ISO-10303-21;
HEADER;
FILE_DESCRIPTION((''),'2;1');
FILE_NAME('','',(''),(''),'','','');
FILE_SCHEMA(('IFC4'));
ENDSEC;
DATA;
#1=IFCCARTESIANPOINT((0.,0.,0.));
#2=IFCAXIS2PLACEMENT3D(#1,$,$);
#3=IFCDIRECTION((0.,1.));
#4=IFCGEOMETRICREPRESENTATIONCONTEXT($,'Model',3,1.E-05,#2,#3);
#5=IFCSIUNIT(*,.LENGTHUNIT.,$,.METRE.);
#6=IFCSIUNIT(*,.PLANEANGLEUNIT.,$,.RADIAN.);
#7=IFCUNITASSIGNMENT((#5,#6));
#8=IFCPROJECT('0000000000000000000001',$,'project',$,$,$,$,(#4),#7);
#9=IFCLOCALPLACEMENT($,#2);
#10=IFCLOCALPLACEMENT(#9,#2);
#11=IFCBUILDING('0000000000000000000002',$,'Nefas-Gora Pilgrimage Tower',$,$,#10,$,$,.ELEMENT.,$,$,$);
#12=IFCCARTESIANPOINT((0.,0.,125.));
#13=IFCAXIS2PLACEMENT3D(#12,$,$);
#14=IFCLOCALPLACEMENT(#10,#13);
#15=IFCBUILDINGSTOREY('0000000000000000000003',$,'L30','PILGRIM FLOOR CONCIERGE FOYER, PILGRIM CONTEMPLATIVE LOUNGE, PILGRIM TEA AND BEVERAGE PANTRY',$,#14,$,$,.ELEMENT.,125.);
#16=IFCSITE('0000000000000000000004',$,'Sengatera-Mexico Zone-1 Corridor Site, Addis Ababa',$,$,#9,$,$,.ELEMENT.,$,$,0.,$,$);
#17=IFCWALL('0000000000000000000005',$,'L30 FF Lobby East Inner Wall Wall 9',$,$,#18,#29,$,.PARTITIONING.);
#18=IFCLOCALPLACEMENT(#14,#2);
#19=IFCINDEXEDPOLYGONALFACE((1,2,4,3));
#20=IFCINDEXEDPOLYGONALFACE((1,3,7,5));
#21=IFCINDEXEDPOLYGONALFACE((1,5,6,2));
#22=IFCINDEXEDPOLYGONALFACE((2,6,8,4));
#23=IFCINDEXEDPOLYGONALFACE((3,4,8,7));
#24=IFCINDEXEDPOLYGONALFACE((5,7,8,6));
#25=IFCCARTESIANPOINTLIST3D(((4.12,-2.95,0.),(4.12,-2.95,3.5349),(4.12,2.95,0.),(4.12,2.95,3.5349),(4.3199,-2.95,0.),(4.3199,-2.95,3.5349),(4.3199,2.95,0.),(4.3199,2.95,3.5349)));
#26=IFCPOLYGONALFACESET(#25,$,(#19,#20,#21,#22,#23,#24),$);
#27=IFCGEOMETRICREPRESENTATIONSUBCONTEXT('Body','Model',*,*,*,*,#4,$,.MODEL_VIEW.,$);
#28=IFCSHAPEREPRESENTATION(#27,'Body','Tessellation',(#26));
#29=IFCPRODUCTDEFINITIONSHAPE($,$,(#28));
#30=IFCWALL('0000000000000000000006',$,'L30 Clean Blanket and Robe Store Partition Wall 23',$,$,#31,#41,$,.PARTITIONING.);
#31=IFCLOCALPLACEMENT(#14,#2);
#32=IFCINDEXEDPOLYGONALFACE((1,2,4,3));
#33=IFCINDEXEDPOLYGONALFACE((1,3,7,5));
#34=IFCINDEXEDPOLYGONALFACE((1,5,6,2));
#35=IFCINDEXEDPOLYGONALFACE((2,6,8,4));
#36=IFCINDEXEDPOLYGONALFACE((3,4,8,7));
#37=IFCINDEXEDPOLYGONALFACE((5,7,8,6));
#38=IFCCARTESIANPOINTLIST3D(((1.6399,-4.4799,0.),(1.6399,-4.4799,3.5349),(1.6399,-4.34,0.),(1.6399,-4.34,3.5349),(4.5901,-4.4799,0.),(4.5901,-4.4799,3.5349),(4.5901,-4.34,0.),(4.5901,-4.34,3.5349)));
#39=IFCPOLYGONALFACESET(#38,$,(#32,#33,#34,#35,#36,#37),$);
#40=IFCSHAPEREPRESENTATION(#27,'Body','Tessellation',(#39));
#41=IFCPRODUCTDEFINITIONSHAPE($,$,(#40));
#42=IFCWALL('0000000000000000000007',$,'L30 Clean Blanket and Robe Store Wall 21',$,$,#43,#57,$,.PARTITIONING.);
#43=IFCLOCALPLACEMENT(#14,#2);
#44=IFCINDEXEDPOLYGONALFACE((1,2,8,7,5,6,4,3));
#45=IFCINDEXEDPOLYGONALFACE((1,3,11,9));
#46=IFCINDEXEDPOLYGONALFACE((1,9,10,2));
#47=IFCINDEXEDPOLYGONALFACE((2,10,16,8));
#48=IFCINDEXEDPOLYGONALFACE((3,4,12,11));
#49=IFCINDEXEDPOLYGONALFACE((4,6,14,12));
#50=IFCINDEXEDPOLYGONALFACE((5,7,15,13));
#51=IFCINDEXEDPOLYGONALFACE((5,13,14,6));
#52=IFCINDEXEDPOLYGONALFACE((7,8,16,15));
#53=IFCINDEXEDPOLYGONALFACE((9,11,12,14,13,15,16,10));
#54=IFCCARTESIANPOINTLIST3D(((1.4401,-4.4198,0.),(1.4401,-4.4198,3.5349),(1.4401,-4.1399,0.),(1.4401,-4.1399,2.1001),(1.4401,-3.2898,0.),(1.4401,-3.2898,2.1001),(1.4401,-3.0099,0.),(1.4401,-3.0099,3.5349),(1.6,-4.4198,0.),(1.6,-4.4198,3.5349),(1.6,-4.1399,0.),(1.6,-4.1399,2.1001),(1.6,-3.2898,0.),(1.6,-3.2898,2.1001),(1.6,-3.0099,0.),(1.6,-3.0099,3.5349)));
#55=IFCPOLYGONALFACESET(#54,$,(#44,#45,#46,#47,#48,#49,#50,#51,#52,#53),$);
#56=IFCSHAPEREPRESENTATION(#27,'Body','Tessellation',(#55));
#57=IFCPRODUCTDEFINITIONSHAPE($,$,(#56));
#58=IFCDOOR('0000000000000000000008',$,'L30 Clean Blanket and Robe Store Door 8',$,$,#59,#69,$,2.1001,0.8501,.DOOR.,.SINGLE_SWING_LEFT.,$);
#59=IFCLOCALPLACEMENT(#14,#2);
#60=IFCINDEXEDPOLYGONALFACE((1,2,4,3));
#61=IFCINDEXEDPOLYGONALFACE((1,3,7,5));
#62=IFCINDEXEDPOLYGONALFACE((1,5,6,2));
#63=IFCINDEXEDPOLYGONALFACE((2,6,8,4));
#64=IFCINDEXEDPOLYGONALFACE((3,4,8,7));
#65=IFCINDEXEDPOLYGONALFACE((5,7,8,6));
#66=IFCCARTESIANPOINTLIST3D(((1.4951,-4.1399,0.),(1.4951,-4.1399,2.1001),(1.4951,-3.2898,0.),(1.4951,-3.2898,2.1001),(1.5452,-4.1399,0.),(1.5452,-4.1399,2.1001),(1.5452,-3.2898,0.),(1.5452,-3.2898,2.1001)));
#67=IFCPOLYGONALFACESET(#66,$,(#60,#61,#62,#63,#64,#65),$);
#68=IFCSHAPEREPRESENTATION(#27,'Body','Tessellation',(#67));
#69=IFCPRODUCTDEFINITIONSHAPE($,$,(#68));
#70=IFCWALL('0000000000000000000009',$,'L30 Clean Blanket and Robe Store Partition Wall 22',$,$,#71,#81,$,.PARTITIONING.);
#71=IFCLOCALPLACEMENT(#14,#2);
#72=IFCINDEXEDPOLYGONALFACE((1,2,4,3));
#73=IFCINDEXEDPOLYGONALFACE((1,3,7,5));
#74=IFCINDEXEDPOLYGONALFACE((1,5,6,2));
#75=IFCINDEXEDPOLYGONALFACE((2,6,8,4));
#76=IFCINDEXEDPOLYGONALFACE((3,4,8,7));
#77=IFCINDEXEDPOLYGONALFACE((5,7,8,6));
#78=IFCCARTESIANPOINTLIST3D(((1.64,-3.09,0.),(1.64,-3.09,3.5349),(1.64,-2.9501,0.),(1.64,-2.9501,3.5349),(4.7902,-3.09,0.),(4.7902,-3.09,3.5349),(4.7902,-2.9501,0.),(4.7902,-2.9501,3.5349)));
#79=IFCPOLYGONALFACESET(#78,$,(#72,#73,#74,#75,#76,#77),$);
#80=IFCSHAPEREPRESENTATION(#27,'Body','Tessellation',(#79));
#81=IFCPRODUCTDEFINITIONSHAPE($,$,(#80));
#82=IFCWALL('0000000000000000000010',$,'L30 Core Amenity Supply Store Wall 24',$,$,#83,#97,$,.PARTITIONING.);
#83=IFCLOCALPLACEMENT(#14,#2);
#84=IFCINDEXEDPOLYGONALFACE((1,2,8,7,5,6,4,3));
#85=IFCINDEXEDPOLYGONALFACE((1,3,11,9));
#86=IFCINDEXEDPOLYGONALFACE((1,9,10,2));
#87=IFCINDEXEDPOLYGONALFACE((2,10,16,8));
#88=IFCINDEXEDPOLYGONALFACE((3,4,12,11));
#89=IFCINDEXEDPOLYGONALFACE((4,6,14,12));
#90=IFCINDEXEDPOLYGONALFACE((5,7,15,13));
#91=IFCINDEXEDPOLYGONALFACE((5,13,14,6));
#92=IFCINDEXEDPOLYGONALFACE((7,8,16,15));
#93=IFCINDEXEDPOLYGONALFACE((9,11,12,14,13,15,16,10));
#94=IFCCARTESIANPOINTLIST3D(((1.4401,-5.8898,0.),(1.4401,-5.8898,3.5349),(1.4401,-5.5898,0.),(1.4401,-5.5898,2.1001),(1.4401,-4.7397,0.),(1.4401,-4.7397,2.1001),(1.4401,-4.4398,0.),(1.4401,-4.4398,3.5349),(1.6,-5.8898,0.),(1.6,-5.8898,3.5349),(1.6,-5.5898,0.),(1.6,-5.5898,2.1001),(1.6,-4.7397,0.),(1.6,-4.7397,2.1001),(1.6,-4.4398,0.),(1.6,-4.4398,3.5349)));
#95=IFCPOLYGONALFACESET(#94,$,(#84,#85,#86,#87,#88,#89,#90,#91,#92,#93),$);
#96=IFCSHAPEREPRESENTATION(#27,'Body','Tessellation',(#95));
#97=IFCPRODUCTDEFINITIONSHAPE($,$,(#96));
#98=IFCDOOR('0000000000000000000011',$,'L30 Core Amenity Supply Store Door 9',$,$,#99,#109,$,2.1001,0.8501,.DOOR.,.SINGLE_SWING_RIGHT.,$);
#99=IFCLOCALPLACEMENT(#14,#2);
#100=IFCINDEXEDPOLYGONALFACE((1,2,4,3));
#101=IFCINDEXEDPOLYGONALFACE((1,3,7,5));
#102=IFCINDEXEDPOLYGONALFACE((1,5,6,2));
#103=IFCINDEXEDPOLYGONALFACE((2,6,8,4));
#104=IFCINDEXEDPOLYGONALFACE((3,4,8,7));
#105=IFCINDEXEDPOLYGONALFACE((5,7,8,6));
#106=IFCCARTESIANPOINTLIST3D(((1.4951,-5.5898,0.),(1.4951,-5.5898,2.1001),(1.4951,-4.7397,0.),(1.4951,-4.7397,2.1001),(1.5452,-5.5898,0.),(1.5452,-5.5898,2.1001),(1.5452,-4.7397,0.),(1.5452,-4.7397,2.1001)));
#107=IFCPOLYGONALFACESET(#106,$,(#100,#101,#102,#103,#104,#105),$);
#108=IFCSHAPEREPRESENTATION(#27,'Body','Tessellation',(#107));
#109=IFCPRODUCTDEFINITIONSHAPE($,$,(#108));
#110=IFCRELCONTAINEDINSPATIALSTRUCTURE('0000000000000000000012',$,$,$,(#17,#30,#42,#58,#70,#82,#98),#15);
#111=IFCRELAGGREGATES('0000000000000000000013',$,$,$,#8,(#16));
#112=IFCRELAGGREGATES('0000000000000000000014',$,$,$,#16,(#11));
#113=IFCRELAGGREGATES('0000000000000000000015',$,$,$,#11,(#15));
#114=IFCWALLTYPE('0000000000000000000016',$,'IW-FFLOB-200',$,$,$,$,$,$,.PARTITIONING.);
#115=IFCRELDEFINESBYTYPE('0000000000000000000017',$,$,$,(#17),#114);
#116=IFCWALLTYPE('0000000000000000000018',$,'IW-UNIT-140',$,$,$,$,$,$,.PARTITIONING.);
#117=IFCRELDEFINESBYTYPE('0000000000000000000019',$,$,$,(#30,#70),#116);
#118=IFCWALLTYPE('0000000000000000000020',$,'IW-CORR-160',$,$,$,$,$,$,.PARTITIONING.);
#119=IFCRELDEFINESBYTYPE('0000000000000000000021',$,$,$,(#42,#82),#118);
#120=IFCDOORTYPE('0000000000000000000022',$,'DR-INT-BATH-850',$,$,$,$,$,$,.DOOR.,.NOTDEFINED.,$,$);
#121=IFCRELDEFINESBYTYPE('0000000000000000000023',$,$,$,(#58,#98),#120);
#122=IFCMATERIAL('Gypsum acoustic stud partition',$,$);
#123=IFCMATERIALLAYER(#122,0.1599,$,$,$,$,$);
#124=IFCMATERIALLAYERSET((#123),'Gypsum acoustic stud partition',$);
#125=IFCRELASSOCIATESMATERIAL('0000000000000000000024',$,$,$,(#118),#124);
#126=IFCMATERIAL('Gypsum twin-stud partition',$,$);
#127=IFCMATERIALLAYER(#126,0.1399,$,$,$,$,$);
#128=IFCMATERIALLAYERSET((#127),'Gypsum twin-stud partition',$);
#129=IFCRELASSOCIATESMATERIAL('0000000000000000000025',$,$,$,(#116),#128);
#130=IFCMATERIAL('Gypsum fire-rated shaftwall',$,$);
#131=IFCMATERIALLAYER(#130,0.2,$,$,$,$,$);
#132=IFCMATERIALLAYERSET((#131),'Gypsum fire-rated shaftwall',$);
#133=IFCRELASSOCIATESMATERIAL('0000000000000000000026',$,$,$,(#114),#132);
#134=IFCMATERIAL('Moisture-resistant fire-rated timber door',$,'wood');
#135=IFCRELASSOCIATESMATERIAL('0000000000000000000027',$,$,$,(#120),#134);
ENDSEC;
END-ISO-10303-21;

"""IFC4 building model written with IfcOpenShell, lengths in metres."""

from ifc_helpers import new_model, si_unit, direction, frame, frame_2d, origin, place, context, subcontext, project, spatial, rectangle, extrude, source, transform, mapped, material, layer, layer_set, type_object, element, fill, save


model = new_model("IFC4")

# Units and contexts
model_context = context("Model", 3, precision=1e-05, world=origin(), true_north=direction((0.0, 1.0)))
body_context = subcontext(model_context, "Body", "Model", "MODEL_VIEW")
ifc_project = project(units=[si_unit("LENGTHUNIT", "METRE"), si_unit("PLANEANGLEUNIT", "RADIAN")], contexts=[model_context])

# Site, building, storey
site_placement = place(None, origin())
site = spatial("IfcSite", under=ifc_project, at=site_placement, Name="Sengatera-Mexico Zone-1 Corridor Site, Addis Ababa", CompositionType="ELEMENT", RefElevation=0.0)
building_placement = place(site_placement, origin())
building = spatial("IfcBuilding", under=site, at=building_placement, Name="Nefas-Gora Pilgrimage Tower", CompositionType="ELEMENT")
storey_placement = place(building_placement, frame((0.0, 0.0, 125.0)))
storey = spatial("IfcBuildingStorey", under=building, at=storey_placement, Name="L30", Description="PILGRIM FLOOR CONCIERGE FOYER, PILGRIM CONTEMPLATIVE LOUNGE, PILGRIM TEA AND BEVERAGE PANTRY", CompositionType="ELEMENT", Elevation=125.0)

# Walls
ifc_material_1 = material(Name="Gypsum acoustic stud partition")
ifc_layer_1 = layer(ifc_material_1, 0.1599)
ifc_layer_set_1 = layer_set([ifc_layer_1], Name="Gypsum acoustic stud partition")
wall_type_1 = type_object("IfcWallType", Name="IW-CORR-160", PredefinedType="PARTITIONING", material=ifc_layer_set_1)
ifc_material_2 = material(Name="Gypsum twin-stud partition")
ifc_layer_2 = layer(ifc_material_2, 0.1399)
ifc_layer_set_2 = layer_set([ifc_layer_2], Name="Gypsum twin-stud partition")
wall_type_2 = type_object("IfcWallType", Name="IW-UNIT-140", PredefinedType="PARTITIONING", material=ifc_layer_set_2)
ifc_material_3 = material(Name="Gypsum fire-rated shaftwall")
ifc_layer_3 = layer(ifc_material_3, 0.2)
ifc_layer_set_3 = layer_set([ifc_layer_3], Name="Gypsum fire-rated shaftwall")
wall_type_3 = type_object("IfcWallType", Name="IW-FFLOB-200", PredefinedType="PARTITIONING", material=ifc_layer_set_3)
shared_shape_1 = source(origin(), body_context, "Body", "SweptSolid", [
    extrude(rectangle(XDim=5.8999, YDim=0.2, at=frame_2d((2.95, 0.0))), origin(), (0.0, 0.0, 1.0), 3.5349),
])
wall_1_placement = place(storey_placement, frame((4.22, -2.95, 0.0), z_axis=(0.0, 0.0, 1.0), x_axis=(0.0, 1.0, 0.0)))
element("IfcWall", 1, at=wall_1_placement, inside=storey, type_object=wall_type_3, Name="L30 FF Lobby East Inner Wall Wall 9", PredefinedType="PARTITIONING", context=body_context, shape_type="MappedRepresentation", body=[
    mapped(shared_shape_1, transform((0.0, 0.0, 0.0), x_axis=(1.0, 0.0, 0.0), y_axis=(0.0, 1.0, 0.0), z_axis=(0.0, 0.0, 1.0), scale=1.0)),
])
shared_shape_2 = source(origin(), body_context, "Body", "SweptSolid", [
    extrude(rectangle(XDim=2.9502, YDim=0.1399, at=frame_2d((1.4751, 0.0))), origin(), (0.0, 0.0, 1.0), 3.5349),
])
wall_2_placement = place(storey_placement, frame((1.6399, -4.4099, 0.0), z_axis=(0.0, 0.0, 1.0), x_axis=(1.0, 0.0, 0.0)))
element("IfcWall", 2, at=wall_2_placement, inside=storey, type_object=wall_type_2, Name="L30 Clean Blanket and Robe Store Partition Wall 23", PredefinedType="PARTITIONING", context=body_context, shape_type="MappedRepresentation", body=[
    mapped(shared_shape_2, transform((0.0, 0.0, 0.0), x_axis=(1.0, 0.0, 0.0), y_axis=(0.0, 1.0, 0.0), z_axis=(0.0, 0.0, 1.0), scale=1.0)),
])

# Wall, opening, door
shared_shape_3 = source(origin(), body_context, "Body", "SweptSolid", [
    extrude(rectangle(XDim=1.4099, YDim=0.1599, at=frame_2d((0.7051, 0.0))), origin(), (0.0, 0.0, 1.0), 3.5349),
])
wall_3_placement = place(storey_placement, frame((1.52, -4.4199, 0.0), z_axis=(0.0, 0.0, 1.0), x_axis=(0.0, 1.0, 0.0)))
wall_3 = element("IfcWall", 3, at=wall_3_placement, inside=storey, type_object=wall_type_1, Name="L30 Clean Blanket and Robe Store Wall 21", PredefinedType="PARTITIONING", context=body_context, shape_type="MappedRepresentation", body=[
    mapped(shared_shape_3, transform((0.0, 0.0, 0.0), x_axis=(1.0, 0.0, 0.0), y_axis=(0.0, 1.0, 0.0), z_axis=(0.0, 0.0, 1.0), scale=1.0)),
])
opening_1_placement = place(wall_3_placement, frame((0.28, 0.0, 0.0)))
opening_1 = element("IfcOpeningElement", 4, at=opening_1_placement, cuts=wall_3, PredefinedType="OPENING", context=body_context, shape_type="SweptSolid", body=[
    extrude(rectangle(XDim=0.8501, YDim=2.1001, at=frame_2d((0.425, 1.05))), frame((0.0, 0.0898, 0.0), z_axis=(0.0, -1.0, 0.0), x_axis=(1.0, 0.0, 0.0)), (0.0, 0.0, 1.0), 0.1799),
])
ifc_material_4 = material(Name="Moisture-resistant fire-rated timber door", Category="wood")
door_type_1 = type_object("IfcDoorType", Name="DR-INT-BATH-850", OperationType="NOTDEFINED", PredefinedType="DOOR", material=ifc_material_4)
shared_shape_4 = source(origin(), body_context, "Body", "SweptSolid", [
    extrude(rectangle(XDim=0.8501, YDim=2.1001, at=frame_2d((0.425, 1.05))), frame((0.0, 0.0249, 0.0), z_axis=(0.0, -1.0, 0.0), x_axis=(1.0, 0.0, 0.0)), (0.0, 0.0, 1.0), 0.05),
])
door_1_placement = place(opening_1_placement, origin())
door_1 = element("IfcDoor", 5, at=door_1_placement, inside=storey, type_object=door_type_1, Name="L30 Clean Blanket and Robe Store Door 8", OperationType="SINGLE_SWING_LEFT", OverallHeight=2.1001, OverallWidth=0.8501, PredefinedType="DOOR", context=body_context, shape_type="MappedRepresentation", body=[
    mapped(shared_shape_4, transform((0.0, 0.0, 0.0), x_axis=(1.0, 0.0, 0.0), y_axis=(0.0, 1.0, 0.0), z_axis=(0.0, 0.0, 1.0), scale=1.0)),
])
fill(opening_1, door_1)

# Wall
shared_shape_5 = source(origin(), body_context, "Body", "SweptSolid", [
    extrude(rectangle(XDim=3.1501, YDim=0.1399, at=frame_2d((1.5752, 0.0))), origin(), (0.0, 0.0, 1.0), 3.5349),
])
wall_4_placement = place(storey_placement, frame((1.6399, -3.02, 0.0), z_axis=(0.0, 0.0, 1.0), x_axis=(1.0, 0.0, 0.0)))
element("IfcWall", 6, at=wall_4_placement, inside=storey, type_object=wall_type_2, Name="L30 Clean Blanket and Robe Store Partition Wall 22", PredefinedType="PARTITIONING", context=body_context, shape_type="MappedRepresentation", body=[
    mapped(shared_shape_5, transform((0.0, 0.0, 0.0), x_axis=(1.0, 0.0, 0.0), y_axis=(0.0, 1.0, 0.0), z_axis=(0.0, 0.0, 1.0), scale=1.0)),
])

# Wall, opening, door
shared_shape_6 = source(origin(), body_context, "Body", "SweptSolid", [
    extrude(rectangle(XDim=1.45, YDim=0.1599, at=frame_2d((0.7251, 0.0))), origin(), (0.0, 0.0, 1.0), 3.5349),
])
wall_5_placement = place(storey_placement, frame((1.52, -5.8899, 0.0), z_axis=(0.0, 0.0, 1.0), x_axis=(0.0, 1.0, 0.0)))
wall_5 = element("IfcWall", 7, at=wall_5_placement, inside=storey, type_object=wall_type_1, Name="L30 Core Amenity Supply Store Wall 24", PredefinedType="PARTITIONING", context=body_context, shape_type="MappedRepresentation", body=[
    mapped(shared_shape_6, transform((0.0, 0.0, 0.0), x_axis=(1.0, 0.0, 0.0), y_axis=(0.0, 1.0, 0.0), z_axis=(0.0, 0.0, 1.0), scale=1.0)),
])
opening_2_placement = place(wall_5_placement, frame((0.3, 0.0, 0.0)))
opening_2 = element("IfcOpeningElement", 8, at=opening_2_placement, cuts=wall_5, PredefinedType="OPENING", context=body_context, shape_type="SweptSolid", body=[
    extrude(rectangle(XDim=0.8501, YDim=2.1001, at=frame_2d((0.425, 1.05))), frame((0.0, 0.0898, 0.0), z_axis=(0.0, -1.0, 0.0), x_axis=(1.0, 0.0, 0.0)), (0.0, 0.0, 1.0), 0.1799),
])
door_2_placement = place(opening_2_placement, origin())
door_2 = element("IfcDoor", 9, at=door_2_placement, inside=storey, type_object=door_type_1, Name="L30 Core Amenity Supply Store Door 9", OperationType="SINGLE_SWING_RIGHT", OverallHeight=2.1001, OverallWidth=0.8501, PredefinedType="DOOR", context=body_context, shape_type="MappedRepresentation", body=[
    mapped(shared_shape_4, transform((0.0, 0.0, 0.0), x_axis=(1.0, 0.0, 0.0), y_axis=(0.0, 1.0, 0.0), z_axis=(0.0, 0.0, 1.0), scale=1.0)),
])
fill(opening_2, door_2)

save(model, "model.ifc")
